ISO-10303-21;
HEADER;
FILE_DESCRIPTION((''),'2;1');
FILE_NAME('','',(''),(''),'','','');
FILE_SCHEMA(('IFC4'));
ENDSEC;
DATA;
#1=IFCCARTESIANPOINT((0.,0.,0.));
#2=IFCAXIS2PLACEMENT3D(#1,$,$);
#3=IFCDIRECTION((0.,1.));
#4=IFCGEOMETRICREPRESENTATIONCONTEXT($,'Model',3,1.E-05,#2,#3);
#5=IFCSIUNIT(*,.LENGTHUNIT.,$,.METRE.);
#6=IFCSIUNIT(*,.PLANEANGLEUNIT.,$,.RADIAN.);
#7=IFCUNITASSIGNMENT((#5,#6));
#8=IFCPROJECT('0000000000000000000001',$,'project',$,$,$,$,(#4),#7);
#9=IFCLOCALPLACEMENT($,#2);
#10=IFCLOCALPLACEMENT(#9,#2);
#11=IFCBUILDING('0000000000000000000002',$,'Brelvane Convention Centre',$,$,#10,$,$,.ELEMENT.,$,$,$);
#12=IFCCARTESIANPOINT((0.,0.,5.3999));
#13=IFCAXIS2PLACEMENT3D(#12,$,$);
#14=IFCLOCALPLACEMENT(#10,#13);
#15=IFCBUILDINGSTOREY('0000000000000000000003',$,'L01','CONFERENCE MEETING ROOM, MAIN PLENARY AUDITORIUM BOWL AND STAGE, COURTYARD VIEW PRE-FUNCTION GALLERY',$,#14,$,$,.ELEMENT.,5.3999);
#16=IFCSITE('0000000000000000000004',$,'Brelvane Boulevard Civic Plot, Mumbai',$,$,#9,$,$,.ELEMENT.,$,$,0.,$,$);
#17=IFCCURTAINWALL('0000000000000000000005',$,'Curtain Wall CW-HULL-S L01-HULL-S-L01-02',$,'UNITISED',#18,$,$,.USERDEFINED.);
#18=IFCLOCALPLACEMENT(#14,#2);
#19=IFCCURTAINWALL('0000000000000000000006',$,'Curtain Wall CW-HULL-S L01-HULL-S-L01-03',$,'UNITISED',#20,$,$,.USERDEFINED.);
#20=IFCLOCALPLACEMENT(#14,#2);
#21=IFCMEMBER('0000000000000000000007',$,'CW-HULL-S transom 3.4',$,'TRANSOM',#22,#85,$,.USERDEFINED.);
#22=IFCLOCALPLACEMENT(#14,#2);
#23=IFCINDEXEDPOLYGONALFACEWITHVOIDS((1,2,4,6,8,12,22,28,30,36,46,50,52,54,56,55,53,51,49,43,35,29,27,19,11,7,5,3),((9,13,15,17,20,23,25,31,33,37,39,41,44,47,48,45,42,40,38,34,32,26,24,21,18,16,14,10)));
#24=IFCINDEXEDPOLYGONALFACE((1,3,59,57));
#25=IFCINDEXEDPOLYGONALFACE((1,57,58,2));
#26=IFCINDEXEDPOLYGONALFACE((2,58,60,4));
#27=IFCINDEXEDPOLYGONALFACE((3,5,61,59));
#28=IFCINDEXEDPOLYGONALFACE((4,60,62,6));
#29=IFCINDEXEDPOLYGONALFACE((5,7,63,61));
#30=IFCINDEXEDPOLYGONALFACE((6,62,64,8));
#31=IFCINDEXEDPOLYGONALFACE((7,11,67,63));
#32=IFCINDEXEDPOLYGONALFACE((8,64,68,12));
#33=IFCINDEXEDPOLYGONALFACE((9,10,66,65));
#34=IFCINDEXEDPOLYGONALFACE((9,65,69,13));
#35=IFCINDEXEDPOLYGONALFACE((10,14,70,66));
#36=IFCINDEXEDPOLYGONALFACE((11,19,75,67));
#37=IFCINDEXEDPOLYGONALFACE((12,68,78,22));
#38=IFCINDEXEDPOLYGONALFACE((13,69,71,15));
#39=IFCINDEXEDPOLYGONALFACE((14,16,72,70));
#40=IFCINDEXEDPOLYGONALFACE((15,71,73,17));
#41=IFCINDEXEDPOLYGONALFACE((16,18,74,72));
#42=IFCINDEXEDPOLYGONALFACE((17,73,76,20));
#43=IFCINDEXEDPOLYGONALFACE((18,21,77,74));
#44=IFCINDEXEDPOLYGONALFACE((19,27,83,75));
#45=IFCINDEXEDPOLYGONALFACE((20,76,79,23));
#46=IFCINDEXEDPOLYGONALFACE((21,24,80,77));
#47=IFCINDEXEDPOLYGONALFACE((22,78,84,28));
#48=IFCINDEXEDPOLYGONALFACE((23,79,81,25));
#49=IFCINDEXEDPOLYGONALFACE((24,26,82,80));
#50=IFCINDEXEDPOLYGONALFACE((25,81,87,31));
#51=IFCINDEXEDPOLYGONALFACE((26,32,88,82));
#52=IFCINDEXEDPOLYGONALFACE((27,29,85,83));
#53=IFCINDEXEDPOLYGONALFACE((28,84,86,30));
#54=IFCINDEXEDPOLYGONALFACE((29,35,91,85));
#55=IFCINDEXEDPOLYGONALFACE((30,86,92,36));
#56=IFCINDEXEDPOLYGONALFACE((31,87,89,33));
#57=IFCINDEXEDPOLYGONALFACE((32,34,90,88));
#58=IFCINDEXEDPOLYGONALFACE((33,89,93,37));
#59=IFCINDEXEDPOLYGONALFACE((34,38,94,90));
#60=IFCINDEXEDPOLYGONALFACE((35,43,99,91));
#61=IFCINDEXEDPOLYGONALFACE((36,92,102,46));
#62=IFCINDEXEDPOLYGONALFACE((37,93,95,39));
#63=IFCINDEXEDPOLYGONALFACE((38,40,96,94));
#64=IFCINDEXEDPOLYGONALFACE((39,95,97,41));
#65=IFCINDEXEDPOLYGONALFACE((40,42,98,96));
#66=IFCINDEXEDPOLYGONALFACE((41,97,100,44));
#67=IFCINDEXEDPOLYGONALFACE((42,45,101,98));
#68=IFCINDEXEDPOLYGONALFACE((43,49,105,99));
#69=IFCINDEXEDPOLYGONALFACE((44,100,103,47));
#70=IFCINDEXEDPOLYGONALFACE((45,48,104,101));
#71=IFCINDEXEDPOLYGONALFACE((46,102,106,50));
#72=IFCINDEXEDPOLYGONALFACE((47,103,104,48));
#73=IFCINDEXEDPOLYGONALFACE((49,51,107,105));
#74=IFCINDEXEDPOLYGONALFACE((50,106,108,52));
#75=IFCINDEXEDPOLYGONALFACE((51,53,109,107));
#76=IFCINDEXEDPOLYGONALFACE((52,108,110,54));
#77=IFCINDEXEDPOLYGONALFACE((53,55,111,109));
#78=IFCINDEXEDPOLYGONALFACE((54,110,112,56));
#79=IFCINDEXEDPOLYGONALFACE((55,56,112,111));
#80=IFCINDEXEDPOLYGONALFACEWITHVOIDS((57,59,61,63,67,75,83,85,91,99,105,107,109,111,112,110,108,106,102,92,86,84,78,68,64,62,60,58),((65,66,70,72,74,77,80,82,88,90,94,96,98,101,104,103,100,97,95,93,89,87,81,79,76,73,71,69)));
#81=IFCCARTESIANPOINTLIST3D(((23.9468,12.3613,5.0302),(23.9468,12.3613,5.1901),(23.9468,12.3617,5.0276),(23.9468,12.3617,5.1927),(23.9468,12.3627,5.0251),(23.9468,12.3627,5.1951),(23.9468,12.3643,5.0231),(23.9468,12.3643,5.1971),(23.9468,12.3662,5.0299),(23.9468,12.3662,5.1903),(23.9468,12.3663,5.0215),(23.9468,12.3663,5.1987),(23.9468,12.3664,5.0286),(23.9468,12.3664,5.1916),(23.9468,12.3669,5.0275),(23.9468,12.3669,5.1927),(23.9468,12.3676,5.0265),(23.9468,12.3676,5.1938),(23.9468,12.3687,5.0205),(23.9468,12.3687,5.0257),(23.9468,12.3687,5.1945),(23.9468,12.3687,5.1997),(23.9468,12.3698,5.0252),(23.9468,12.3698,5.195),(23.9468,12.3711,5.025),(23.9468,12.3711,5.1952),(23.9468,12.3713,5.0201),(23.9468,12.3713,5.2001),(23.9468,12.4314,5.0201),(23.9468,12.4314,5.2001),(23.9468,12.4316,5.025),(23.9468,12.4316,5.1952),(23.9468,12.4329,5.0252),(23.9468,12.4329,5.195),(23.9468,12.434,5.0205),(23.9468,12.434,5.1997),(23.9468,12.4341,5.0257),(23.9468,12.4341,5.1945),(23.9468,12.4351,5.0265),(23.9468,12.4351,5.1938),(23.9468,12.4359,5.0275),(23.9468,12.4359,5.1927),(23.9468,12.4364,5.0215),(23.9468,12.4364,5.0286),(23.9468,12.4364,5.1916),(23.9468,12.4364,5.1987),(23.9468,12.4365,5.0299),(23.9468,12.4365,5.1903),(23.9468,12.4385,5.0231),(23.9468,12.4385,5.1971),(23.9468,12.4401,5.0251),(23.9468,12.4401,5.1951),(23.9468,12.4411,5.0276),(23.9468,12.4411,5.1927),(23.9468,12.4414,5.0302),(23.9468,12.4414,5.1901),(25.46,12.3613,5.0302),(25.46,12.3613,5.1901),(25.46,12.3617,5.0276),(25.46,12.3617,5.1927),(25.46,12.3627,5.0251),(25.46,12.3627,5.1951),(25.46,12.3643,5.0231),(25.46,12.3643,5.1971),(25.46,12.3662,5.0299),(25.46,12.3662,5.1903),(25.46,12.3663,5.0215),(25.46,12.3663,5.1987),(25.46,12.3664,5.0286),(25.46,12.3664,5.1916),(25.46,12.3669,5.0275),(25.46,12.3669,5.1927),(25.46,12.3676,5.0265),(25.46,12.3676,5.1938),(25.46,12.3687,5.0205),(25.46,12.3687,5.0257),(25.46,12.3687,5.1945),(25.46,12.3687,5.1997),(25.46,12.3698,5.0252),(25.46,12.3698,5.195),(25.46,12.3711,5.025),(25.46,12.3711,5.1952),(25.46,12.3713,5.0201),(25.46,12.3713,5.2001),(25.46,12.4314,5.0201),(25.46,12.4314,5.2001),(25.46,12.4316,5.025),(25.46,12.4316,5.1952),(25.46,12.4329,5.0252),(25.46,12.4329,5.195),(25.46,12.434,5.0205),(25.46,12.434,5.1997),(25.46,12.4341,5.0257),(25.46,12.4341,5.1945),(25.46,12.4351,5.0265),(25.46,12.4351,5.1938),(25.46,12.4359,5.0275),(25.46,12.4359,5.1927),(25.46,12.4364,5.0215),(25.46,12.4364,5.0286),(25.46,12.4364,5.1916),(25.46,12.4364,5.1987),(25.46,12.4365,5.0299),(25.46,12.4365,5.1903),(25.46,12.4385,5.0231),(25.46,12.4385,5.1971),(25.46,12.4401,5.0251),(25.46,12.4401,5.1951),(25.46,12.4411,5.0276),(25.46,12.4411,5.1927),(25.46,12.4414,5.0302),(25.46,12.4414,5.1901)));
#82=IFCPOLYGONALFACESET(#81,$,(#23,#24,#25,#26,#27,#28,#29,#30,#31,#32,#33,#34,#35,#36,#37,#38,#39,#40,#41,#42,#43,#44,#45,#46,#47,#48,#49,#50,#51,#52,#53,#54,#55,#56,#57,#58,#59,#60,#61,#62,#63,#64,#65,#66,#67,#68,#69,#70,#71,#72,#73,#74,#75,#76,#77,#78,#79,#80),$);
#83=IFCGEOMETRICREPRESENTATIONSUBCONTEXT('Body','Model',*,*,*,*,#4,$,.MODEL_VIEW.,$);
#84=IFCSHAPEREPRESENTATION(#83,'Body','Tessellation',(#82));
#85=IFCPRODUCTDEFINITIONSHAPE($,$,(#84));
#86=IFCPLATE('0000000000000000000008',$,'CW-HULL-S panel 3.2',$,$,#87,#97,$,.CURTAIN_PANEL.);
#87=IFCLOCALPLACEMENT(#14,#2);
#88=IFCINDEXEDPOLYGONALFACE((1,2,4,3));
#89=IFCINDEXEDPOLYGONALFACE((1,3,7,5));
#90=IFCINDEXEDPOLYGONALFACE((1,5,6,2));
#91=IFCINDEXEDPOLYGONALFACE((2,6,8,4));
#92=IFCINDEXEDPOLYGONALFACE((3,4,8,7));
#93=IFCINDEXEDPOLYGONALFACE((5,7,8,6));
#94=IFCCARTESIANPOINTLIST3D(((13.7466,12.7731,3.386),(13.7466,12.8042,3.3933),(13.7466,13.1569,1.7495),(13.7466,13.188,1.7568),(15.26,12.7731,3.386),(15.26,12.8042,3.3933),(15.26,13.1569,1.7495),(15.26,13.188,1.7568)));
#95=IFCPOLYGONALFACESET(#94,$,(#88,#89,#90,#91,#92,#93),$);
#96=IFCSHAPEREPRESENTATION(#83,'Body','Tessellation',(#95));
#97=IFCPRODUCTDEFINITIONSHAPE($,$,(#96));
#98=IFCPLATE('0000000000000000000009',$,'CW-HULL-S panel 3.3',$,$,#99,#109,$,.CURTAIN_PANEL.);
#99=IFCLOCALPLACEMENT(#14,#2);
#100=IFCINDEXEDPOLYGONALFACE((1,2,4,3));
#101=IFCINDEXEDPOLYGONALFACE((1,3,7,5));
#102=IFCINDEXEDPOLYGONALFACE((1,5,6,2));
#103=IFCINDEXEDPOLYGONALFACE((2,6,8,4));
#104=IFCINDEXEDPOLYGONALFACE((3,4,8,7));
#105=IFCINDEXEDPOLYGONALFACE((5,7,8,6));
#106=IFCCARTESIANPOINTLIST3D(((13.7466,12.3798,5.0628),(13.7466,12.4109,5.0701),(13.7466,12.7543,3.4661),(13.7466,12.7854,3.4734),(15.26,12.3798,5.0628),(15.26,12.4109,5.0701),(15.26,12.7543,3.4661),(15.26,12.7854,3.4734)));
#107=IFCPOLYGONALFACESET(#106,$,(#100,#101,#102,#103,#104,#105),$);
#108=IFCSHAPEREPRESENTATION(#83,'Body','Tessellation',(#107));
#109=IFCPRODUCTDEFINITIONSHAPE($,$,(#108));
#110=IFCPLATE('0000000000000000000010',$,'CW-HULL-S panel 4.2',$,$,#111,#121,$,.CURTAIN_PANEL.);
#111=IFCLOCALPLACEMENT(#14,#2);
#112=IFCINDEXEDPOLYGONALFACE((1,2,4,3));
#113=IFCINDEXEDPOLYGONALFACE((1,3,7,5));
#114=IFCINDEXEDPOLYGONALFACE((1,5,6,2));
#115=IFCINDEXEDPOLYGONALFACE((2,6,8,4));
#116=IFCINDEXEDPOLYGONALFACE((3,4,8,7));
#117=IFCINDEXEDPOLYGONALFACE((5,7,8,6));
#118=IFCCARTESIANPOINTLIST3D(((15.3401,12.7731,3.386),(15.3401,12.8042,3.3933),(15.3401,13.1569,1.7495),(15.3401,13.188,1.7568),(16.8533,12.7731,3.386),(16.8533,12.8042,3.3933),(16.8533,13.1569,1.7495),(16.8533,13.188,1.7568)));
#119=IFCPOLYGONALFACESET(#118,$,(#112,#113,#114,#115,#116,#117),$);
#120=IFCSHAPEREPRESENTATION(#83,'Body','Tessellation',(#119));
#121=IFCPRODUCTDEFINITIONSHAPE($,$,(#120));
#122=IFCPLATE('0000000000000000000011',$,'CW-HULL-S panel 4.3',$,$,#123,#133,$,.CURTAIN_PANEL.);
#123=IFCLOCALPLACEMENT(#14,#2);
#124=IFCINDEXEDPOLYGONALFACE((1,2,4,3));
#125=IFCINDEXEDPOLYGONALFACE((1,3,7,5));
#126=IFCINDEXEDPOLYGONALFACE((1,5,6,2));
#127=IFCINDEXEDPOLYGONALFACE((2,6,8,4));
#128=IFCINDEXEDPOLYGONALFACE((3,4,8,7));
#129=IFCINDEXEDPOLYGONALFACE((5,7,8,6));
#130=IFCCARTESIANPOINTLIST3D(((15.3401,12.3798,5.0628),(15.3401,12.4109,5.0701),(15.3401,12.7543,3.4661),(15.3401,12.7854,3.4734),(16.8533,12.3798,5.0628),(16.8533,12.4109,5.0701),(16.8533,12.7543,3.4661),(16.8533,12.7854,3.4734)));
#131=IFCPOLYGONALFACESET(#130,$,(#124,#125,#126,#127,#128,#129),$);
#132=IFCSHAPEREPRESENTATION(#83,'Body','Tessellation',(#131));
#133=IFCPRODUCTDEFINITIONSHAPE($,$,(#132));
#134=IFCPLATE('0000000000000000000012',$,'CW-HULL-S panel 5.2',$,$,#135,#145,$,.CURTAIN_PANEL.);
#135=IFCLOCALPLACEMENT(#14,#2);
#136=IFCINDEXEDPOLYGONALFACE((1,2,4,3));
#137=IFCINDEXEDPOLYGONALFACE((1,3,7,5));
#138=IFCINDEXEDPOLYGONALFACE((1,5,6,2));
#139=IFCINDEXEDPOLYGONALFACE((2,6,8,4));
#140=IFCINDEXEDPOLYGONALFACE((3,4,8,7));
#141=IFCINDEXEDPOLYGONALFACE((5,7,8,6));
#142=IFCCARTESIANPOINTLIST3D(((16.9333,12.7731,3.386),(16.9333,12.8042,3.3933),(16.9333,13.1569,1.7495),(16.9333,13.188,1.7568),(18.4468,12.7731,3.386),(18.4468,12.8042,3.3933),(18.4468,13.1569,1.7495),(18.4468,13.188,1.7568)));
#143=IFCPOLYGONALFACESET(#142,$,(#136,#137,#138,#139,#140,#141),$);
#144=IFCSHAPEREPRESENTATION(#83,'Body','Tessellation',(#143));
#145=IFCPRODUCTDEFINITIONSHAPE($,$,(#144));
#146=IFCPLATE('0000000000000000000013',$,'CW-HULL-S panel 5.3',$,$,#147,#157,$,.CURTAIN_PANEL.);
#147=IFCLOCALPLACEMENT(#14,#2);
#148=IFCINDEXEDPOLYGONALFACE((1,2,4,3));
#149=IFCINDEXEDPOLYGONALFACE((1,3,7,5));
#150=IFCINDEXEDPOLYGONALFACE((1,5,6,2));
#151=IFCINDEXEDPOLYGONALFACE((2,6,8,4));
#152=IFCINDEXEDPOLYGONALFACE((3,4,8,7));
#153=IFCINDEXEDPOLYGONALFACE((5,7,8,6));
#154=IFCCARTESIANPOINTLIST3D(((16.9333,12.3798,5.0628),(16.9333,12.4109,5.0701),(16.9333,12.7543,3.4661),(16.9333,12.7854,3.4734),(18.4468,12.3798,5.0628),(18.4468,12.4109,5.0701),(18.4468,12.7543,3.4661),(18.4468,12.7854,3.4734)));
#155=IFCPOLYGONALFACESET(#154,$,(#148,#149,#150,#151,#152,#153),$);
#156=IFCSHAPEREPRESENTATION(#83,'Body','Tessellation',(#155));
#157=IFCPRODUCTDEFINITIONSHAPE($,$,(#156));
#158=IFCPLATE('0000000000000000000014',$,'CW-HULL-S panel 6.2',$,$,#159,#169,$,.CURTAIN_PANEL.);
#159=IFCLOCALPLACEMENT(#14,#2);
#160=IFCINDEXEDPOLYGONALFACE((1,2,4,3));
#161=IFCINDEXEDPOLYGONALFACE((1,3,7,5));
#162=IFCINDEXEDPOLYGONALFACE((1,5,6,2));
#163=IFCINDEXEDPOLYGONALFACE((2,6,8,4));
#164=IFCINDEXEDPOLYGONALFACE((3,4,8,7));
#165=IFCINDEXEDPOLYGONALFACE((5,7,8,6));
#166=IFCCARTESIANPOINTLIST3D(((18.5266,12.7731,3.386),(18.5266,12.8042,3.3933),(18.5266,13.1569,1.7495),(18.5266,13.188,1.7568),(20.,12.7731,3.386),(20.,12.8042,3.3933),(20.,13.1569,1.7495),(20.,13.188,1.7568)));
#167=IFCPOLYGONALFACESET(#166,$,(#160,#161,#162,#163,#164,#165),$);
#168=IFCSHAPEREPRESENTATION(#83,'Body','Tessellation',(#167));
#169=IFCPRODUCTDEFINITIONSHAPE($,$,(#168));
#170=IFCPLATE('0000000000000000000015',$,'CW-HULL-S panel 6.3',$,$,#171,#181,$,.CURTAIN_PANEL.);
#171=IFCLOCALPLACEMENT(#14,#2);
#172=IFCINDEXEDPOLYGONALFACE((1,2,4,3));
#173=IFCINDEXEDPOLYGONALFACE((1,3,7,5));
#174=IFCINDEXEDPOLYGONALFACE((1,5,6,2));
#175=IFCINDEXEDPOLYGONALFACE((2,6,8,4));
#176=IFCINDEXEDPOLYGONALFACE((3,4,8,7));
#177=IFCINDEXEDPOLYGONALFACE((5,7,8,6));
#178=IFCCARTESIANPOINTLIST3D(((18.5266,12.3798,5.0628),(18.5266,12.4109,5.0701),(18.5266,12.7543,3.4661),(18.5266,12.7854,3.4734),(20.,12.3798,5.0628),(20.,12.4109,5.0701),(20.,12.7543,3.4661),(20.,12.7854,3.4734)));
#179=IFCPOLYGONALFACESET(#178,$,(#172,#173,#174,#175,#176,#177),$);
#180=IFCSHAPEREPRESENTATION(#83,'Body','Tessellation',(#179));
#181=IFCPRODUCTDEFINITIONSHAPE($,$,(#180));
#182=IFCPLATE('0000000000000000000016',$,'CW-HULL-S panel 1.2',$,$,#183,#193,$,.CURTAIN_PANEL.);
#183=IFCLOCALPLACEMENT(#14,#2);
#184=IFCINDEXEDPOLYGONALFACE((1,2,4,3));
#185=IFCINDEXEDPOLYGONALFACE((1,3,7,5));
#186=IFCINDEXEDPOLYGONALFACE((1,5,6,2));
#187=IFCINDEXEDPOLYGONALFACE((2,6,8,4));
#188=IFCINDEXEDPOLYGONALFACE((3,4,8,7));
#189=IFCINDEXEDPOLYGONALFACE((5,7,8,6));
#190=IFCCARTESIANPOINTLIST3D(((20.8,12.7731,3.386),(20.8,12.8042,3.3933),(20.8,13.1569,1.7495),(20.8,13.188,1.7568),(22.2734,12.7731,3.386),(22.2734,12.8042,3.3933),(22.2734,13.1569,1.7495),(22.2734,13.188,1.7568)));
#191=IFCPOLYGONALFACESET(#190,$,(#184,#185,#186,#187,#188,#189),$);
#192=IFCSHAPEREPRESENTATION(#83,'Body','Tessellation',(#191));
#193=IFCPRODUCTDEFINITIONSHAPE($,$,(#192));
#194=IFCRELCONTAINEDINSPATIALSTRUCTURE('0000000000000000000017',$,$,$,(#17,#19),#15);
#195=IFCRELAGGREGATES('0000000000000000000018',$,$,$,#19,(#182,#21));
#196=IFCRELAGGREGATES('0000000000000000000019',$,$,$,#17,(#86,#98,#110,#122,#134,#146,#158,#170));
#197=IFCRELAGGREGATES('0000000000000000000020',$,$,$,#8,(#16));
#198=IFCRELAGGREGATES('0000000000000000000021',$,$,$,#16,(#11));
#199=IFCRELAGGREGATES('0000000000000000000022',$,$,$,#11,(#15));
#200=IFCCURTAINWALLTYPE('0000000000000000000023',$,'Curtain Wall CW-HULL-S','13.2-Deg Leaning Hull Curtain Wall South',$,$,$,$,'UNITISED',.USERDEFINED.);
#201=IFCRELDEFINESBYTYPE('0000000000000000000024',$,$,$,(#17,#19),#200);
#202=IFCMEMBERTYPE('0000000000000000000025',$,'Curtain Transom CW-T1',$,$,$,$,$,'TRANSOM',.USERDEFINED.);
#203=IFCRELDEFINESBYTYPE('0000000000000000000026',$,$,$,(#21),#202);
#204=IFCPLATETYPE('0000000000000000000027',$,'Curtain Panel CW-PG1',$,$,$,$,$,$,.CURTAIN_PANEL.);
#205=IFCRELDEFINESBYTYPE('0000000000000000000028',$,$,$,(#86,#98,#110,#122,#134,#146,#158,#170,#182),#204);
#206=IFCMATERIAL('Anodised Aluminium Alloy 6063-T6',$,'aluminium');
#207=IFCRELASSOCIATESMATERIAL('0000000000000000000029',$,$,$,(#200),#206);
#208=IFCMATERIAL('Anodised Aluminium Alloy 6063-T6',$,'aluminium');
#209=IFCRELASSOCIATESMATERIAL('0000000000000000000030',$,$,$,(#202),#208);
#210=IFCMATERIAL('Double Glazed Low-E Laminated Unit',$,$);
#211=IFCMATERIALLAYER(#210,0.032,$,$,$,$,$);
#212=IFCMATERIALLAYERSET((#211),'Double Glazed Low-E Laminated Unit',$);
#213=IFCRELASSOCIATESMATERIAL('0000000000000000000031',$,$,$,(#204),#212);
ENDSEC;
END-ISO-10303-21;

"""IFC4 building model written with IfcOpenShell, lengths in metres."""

from ifc_helpers import new_model, si_unit, direction, frame, origin, origin_2d, place, context, subcontext, project, spatial, polyline, hollow_rectangle, outline, extrude, material, layer, layer_set, material_profile, profile_set, type_object, element, aggregate, save


model = new_model("IFC4")

# Units and contexts
model_context = context("Model", 3, precision=1e-05, world=origin(), true_north=direction((0.0, 1.0)))
body_context = subcontext(model_context, "Body", "Model", "MODEL_VIEW")
ifc_project = project(units=[si_unit("LENGTHUNIT", "METRE"), si_unit("PLANEANGLEUNIT", "RADIAN")], contexts=[model_context])

# Site, building, storey
site_placement = place(None, origin())
site = spatial("IfcSite", under=ifc_project, at=site_placement, Name="Brelvane Boulevard Civic Plot, Mumbai", CompositionType="ELEMENT", RefElevation=0.0)
building_placement = place(site_placement, origin())
building = spatial("IfcBuilding", under=site, at=building_placement, Name="Brelvane Convention Centre", CompositionType="ELEMENT")
storey_placement = place(building_placement, frame((0.0, 0.0, 5.3999)))
storey = spatial("IfcBuildingStorey", under=building, at=storey_placement, Name="L01", Description="CONFERENCE MEETING ROOM, MAIN PLENARY AUDITORIUM BOWL AND STAGE, COURTYARD VIEW PRE-FUNCTION GALLERY", CompositionType="ELEMENT", Elevation=5.3999)

# Curtain walls, member
ifc_material_1 = material(Name="Anodised Aluminium Alloy 6063-T6", Category="aluminium")
curtain_wall_type = type_object("IfcCurtainWallType", Name="Curtain Wall CW-HULL-S", Description="13.2-Deg Leaning Hull Curtain Wall South", ElementType="UNITISED", PredefinedType="USERDEFINED", material=ifc_material_1)
curtain_wall_1_placement = place(storey_placement, origin())
curtain_wall_1 = element("IfcCurtainWall", 1, at=curtain_wall_1_placement, inside=storey, type_object=curtain_wall_type, Name="Curtain Wall CW-HULL-S L01-HULL-S-L01-02", ObjectType="UNITISED", PredefinedType="USERDEFINED")
ifc_material_2 = material(Name="Anodised Aluminium Alloy 6063-T6", Category="aluminium")
ifc_material_profile = material_profile(ifc_material_2, hollow_rectangle(XDim=0.0801, YDim=0.1799, WallThickness=0.0049, InnerFilletRadius=0.0049, OuterFilletRadius=0.01, at=origin_2d()), Name="ALU-T 180x80x5.0")
ifc_profile_set = profile_set([ifc_material_profile], Name="Anodised Aluminium Alloy 6063-T6")
member_type = type_object("IfcMemberType", Name="Curtain Transom CW-T1", ElementType="TRANSOM", PredefinedType="USERDEFINED", material=ifc_profile_set)
curtain_wall_2_placement = place(storey_placement, origin())
curtain_wall_2 = element("IfcCurtainWall", 2, at=curtain_wall_2_placement, inside=storey, type_object=curtain_wall_type, Name="Curtain Wall CW-HULL-S L01-HULL-S-L01-03", ObjectType="UNITISED", PredefinedType="USERDEFINED")
member_1_placement = place(storey_placement, frame((23.9468, 12.4014, 5.1101), z_axis=(1.0, 0.0, 0.0), x_axis=(0.0, 1.0, 0.0)))
member_1 = element("IfcMember", 3, at=member_1_placement, type_object=member_type, Name="CW-HULL-S transom 3.4", ObjectType="TRANSOM", PredefinedType="USERDEFINED", context=body_context, shape_type="SweptSolid", body=[
    extrude(hollow_rectangle(XDim=0.0801, YDim=0.1799, WallThickness=0.0049, InnerFilletRadius=0.0049, OuterFilletRadius=0.01, at=origin_2d()), origin(), (0.0, 0.0, 1.0), 1.5132),
])

# Plates
ifc_material_3 = material(Name="Double Glazed Low-E Laminated Unit")
ifc_layer_1 = layer(ifc_material_3, 0.032)
ifc_layer_set_1 = layer_set([ifc_layer_1], Name="Double Glazed Low-E Laminated Unit")
plate_type_1 = type_object("IfcPlateType", Name="Curtain Panel CW-PG1", PredefinedType="CURTAIN_PANEL", material=ifc_layer_set_1)
plate_1_placement = place(storey_placement, frame((13.7466, 13.188, 1.7568), z_axis=(0.0, 0.973585, 0.228327), x_axis=(1.0, 0.0, 0.0)))
plate_1 = element("IfcPlate", 4, at=plate_1_placement, type_object=plate_type_1, Name="CW-HULL-S panel 3.2", PredefinedType="CURTAIN_PANEL", context=body_context, shape_type="SweptSolid", body=[
    extrude(outline(polyline([(0.0, 0.0), (1.5134, 0.0), (1.5134, -1.6809), (0.0, -1.6809), (0.0, 0.0)])), origin(), (0.0, 0.0, -1.0), 0.032),
])
plate_2_placement = place(storey_placement, frame((13.7466, 12.7854, 3.4734), z_axis=(0.0, 0.973577, 0.228359), x_axis=(1.0, 0.0, 0.0)))
plate_2 = element("IfcPlate", 5, at=plate_2_placement, type_object=plate_type_1, Name="CW-HULL-S panel 3.3", PredefinedType="CURTAIN_PANEL", context=body_context, shape_type="SweptSolid", body=[
    extrude(outline(polyline([(0.0, 0.0), (1.5134, 0.0), (1.5134, -1.64), (0.0, -1.64), (0.0, 0.0)])), origin(), (0.0, 0.0, -1.0), 0.032),
])
plate_3_placement = place(storey_placement, frame((15.3401, 13.188, 1.7568), z_axis=(0.0, 0.973585, 0.228327), x_axis=(1.0, 0.0, 0.0)))
plate_3 = element("IfcPlate", 6, at=plate_3_placement, type_object=plate_type_1, Name="CW-HULL-S panel 4.2", PredefinedType="CURTAIN_PANEL", context=body_context, shape_type="SweptSolid", body=[
    extrude(outline(polyline([(0.0, 0.0), (1.5132, 0.0), (1.5132, -1.6809), (0.0, -1.6809), (0.0, 0.0)])), origin(), (0.0, 0.0, -1.0), 0.032),
])
plate_4_placement = place(storey_placement, frame((15.3401, 12.7854, 3.4734), z_axis=(0.0, 0.973577, 0.228359), x_axis=(1.0, 0.0, 0.0)))
plate_4 = element("IfcPlate", 7, at=plate_4_placement, type_object=plate_type_1, Name="CW-HULL-S panel 4.3", PredefinedType="CURTAIN_PANEL", context=body_context, shape_type="SweptSolid", body=[
    extrude(outline(polyline([(0.0, 0.0), (1.5132, 0.0), (1.5132, -1.64), (0.0, -1.64), (0.0, 0.0)])), origin(), (0.0, 0.0, -1.0), 0.032),
])
plate_5_placement = place(storey_placement, frame((16.9333, 13.188, 1.7568), z_axis=(0.0, 0.973585, 0.228327), x_axis=(1.0, 0.0, 0.0)))
plate_5 = element("IfcPlate", 8, at=plate_5_placement, type_object=plate_type_1, Name="CW-HULL-S panel 5.2", PredefinedType="CURTAIN_PANEL", context=body_context, shape_type="SweptSolid", body=[
    extrude(outline(polyline([(0.0, 0.0), (1.5134, 0.0), (1.5134, -1.6809), (0.0, -1.6809), (0.0, 0.0)])), origin(), (0.0, 0.0, -1.0), 0.032),
])
plate_6_placement = place(storey_placement, frame((16.9333, 12.7854, 3.4734), z_axis=(0.0, 0.973577, 0.228359), x_axis=(1.0, 0.0, 0.0)))
plate_6 = element("IfcPlate", 9, at=plate_6_placement, type_object=plate_type_1, Name="CW-HULL-S panel 5.3", PredefinedType="CURTAIN_PANEL", context=body_context, shape_type="SweptSolid", body=[
    extrude(outline(polyline([(0.0, 0.0), (1.5134, 0.0), (1.5134, -1.64), (0.0, -1.64), (0.0, 0.0)])), origin(), (0.0, 0.0, -1.0), 0.032),
])
plate_7_placement = place(storey_placement, frame((18.5266, 13.188, 1.7568), z_axis=(0.0, 0.973585, 0.228327), x_axis=(1.0, 0.0, 0.0)))
plate_7 = element("IfcPlate", 10, at=plate_7_placement, type_object=plate_type_1, Name="CW-HULL-S panel 6.2", PredefinedType="CURTAIN_PANEL", context=body_context, shape_type="SweptSolid", body=[
    extrude(outline(polyline([(0.0, 0.0), (1.4734, 0.0), (1.4734, -1.6809), (0.0, -1.6809), (0.0, 0.0)])), origin(), (0.0, 0.0, -1.0), 0.032),
])
plate_8_placement = place(storey_placement, frame((18.5266, 12.7854, 3.4734), z_axis=(0.0, 0.973577, 0.228359), x_axis=(1.0, 0.0, 0.0)))
plate_8 = element("IfcPlate", 11, at=plate_8_placement, type_object=plate_type_1, Name="CW-HULL-S panel 6.3", PredefinedType="CURTAIN_PANEL", context=body_context, shape_type="SweptSolid", body=[
    extrude(outline(polyline([(0.0, 0.0), (1.4734, 0.0), (1.4734, -1.64), (0.0, -1.64), (0.0, 0.0)])), origin(), (0.0, 0.0, -1.0), 0.032),
])
plate_9_placement = place(storey_placement, frame((20.8, 13.188, 1.7568), z_axis=(0.0, 0.973585, 0.228327), x_axis=(1.0, 0.0, 0.0)))
plate_9 = element("IfcPlate", 12, at=plate_9_placement, type_object=plate_type_1, Name="CW-HULL-S panel 1.2", PredefinedType="CURTAIN_PANEL", context=body_context, shape_type="SweptSolid", body=[
    extrude(outline(polyline([(0.0, 0.0), (1.4734, 0.0), (1.4734, -1.6809), (0.0, -1.6809), (0.0, 0.0)])), origin(), (0.0, 0.0, -1.0), 0.032),
])
aggregate(curtain_wall_2, [plate_9, member_1])
aggregate(curtain_wall_1, [plate_1, plate_2, plate_3, plate_4, plate_5, plate_6, plate_7, plate_8])

save(model, "model.ifc")
